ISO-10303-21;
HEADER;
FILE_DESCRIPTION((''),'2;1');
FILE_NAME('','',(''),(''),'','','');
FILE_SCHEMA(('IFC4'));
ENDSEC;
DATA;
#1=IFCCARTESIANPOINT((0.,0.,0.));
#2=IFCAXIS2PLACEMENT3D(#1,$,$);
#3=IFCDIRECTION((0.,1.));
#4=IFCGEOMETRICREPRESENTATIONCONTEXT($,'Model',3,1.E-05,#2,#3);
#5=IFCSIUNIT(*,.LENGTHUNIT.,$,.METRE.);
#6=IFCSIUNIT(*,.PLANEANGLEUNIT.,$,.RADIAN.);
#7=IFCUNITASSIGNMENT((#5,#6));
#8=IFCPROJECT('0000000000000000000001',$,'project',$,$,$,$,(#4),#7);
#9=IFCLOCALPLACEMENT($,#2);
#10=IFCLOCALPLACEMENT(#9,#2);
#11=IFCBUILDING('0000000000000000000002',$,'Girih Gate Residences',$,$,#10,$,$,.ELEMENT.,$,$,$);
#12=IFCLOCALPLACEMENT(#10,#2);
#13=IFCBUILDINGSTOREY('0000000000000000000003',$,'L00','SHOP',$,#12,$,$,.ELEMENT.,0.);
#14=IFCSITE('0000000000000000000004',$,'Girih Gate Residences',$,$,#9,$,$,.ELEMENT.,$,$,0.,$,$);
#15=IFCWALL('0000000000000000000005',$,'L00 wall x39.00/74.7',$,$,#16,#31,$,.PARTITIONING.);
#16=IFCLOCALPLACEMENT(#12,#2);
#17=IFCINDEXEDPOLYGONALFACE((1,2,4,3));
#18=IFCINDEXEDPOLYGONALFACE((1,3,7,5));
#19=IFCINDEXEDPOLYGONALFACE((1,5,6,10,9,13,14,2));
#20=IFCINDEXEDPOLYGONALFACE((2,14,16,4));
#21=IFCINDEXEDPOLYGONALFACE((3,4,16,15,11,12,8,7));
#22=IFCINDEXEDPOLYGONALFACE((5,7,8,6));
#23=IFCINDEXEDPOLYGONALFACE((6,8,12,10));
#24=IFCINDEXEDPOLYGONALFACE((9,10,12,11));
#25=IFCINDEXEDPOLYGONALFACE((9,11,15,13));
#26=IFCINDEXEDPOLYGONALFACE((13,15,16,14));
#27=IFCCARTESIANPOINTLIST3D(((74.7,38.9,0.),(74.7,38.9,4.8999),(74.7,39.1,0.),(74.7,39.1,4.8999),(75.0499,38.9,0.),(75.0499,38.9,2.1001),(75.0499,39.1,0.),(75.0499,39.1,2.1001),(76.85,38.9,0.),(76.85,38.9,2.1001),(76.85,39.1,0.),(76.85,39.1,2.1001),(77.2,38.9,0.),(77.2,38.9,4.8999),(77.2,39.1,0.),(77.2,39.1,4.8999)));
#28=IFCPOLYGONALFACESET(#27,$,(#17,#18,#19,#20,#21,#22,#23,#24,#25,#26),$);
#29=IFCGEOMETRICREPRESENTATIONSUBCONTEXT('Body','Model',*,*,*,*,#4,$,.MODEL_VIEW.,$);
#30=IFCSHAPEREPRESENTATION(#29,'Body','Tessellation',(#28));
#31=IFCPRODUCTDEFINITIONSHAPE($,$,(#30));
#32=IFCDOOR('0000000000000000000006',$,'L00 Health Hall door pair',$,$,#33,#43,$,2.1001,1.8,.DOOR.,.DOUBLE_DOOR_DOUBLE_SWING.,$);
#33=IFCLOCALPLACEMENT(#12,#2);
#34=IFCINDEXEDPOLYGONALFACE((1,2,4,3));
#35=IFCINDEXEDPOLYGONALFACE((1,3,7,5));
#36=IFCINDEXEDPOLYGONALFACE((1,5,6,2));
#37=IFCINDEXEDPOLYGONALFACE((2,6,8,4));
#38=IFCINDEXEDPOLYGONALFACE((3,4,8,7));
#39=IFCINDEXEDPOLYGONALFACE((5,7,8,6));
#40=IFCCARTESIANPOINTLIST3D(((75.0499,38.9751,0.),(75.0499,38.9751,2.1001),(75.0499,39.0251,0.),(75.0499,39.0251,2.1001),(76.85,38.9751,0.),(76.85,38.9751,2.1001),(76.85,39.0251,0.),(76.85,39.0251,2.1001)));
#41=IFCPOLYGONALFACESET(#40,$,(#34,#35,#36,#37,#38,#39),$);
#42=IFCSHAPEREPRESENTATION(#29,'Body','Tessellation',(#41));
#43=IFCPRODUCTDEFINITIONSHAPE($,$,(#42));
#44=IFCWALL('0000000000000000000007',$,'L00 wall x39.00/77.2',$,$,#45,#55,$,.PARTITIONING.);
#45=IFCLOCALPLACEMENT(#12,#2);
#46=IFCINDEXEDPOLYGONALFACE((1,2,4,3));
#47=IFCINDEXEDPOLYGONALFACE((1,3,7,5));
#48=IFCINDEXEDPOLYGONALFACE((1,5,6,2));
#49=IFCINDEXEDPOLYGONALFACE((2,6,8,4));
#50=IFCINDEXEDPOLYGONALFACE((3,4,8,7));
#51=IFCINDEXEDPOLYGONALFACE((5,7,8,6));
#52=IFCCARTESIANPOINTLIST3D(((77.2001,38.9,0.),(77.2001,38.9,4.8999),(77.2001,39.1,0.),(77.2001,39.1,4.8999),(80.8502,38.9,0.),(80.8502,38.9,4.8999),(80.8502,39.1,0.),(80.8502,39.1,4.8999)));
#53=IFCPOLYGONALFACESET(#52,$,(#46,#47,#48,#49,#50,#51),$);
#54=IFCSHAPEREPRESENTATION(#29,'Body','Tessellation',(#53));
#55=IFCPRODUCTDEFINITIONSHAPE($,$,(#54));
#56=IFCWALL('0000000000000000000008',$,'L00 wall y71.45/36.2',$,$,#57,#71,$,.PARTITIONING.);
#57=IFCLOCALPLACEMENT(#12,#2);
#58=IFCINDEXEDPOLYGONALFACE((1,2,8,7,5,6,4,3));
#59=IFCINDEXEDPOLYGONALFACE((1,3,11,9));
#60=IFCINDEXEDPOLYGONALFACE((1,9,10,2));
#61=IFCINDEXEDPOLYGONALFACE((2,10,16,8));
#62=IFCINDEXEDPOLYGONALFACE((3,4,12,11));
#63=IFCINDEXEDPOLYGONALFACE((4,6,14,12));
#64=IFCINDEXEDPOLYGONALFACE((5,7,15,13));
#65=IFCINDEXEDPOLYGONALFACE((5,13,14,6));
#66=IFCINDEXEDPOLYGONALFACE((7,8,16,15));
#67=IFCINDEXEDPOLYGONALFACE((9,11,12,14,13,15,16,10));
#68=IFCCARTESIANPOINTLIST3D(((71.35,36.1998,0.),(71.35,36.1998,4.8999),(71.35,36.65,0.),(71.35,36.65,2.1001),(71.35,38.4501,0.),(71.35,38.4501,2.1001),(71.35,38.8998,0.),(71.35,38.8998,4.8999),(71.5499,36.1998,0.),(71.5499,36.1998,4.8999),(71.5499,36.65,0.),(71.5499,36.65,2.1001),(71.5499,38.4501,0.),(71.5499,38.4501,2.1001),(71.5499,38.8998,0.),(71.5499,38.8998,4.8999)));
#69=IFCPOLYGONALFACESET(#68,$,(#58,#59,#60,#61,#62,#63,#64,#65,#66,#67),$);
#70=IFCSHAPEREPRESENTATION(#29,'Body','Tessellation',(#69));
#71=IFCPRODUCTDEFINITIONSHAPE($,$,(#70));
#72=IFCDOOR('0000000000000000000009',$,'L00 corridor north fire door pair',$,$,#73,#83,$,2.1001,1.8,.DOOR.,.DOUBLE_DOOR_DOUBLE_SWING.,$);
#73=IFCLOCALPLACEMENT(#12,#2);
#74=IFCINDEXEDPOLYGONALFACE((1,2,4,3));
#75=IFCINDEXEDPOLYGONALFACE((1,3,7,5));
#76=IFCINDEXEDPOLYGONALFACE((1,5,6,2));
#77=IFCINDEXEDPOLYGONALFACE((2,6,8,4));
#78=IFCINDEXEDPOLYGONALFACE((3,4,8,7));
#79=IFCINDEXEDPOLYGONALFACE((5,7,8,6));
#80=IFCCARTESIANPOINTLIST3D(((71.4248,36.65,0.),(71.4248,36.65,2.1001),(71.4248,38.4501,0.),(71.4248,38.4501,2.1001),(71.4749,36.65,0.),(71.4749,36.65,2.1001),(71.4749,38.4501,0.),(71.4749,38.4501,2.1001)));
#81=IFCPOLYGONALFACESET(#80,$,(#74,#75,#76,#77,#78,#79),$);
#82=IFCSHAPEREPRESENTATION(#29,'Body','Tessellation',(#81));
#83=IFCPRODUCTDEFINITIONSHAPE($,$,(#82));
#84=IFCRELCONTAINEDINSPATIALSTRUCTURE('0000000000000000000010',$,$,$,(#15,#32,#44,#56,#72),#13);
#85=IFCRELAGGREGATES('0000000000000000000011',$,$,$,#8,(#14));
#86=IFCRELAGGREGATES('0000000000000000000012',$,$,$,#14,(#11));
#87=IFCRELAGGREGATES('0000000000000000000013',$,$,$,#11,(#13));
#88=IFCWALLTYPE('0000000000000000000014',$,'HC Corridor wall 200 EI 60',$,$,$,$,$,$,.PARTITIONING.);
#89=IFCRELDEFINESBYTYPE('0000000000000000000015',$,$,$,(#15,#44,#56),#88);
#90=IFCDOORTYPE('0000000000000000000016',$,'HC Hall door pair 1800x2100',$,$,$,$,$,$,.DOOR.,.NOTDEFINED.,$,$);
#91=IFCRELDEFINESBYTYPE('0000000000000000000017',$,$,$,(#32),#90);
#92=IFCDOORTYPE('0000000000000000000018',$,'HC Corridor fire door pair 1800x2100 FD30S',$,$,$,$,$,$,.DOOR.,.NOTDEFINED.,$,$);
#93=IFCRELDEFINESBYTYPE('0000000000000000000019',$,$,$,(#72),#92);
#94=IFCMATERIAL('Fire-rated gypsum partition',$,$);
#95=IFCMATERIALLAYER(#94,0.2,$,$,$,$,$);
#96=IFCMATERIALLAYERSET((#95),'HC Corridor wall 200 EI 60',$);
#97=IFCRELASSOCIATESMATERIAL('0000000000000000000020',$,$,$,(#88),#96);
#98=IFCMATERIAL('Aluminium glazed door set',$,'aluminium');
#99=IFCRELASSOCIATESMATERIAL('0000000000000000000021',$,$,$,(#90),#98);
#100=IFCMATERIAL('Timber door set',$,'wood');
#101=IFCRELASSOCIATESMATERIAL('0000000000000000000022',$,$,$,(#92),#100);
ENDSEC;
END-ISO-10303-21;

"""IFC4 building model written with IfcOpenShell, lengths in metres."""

from ifc_helpers import new_model, si_unit, direction, frame, frame_2d, origin, place, context, subcontext, project, spatial, rectangle, extrude, material, layer, layer_set, type_object, element, fill, save


model = new_model("IFC4")

# Units and contexts
model_context = context("Model", 3, precision=1e-05, world=origin(), true_north=direction((0.0, 1.0)))
body_context = subcontext(model_context, "Body", "Model", "MODEL_VIEW")
ifc_project = project(units=[si_unit("LENGTHUNIT", "METRE"), si_unit("PLANEANGLEUNIT", "RADIAN")], contexts=[model_context])

# Site, building, storey
site_placement = place(None, origin())
site = spatial("IfcSite", under=ifc_project, at=site_placement, Name="Girih Gate Residences", CompositionType="ELEMENT", RefElevation=0.0)
building_placement = place(site_placement, origin())
building = spatial("IfcBuilding", under=site, at=building_placement, Name="Girih Gate Residences", CompositionType="ELEMENT")
storey_placement = place(building_placement, origin())
storey = spatial("IfcBuildingStorey", under=building, at=storey_placement, Name="L00", Description="SHOP", CompositionType="ELEMENT", Elevation=0.0)

# Shared definitions
ifc_material_1 = material(Name="Fire-rated gypsum partition")
ifc_layer = layer(ifc_material_1, 0.2)
ifc_layer_set = layer_set([ifc_layer], Name="HC Corridor wall 200 EI 60")
wall_type = type_object("IfcWallType", Name="HC Corridor wall 200 EI 60", PredefinedType="PARTITIONING", material=ifc_layer_set)
ifc_material_2 = material(Name="Timber door set", Category="wood")

# Wall, opening, door
wall_1_placement = place(storey_placement, frame((77.2, 39.0, 0.0), z_axis=(0.0, 0.0, 1.0), x_axis=(-1.0, 0.0, 0.0)))
wall_1 = element("IfcWall", 1, at=wall_1_placement, inside=storey, type_object=wall_type, Name="L00 wall x39.00/74.7", PredefinedType="PARTITIONING", context=body_context, shape_type="SweptSolid", body=[
    extrude(rectangle(XDim=2.5, YDim=0.2, at=frame_2d((1.25, 0.0))), origin(), (0.0, 0.0, 1.0), 4.8999),
])
opening_1_placement = place(wall_1_placement, frame((0.3501, 0.0, 0.0)))
opening_1 = element("IfcOpeningElement", 2, at=opening_1_placement, cuts=wall_1, PredefinedType="OPENING", context=body_context, shape_type="SweptSolid", body=[
    extrude(rectangle(XDim=1.8, YDim=2.1001, at=frame_2d((0.8999, 1.05))), frame((0.0, 0.1099, 0.0), z_axis=(0.0, -1.0, 0.0), x_axis=(1.0, 0.0, 0.0)), (0.0, 0.0, 1.0), 0.22),
])
ifc_material_3 = material(Name="Aluminium glazed door set", Category="aluminium")
door_type_1 = type_object("IfcDoorType", Name="HC Hall door pair 1800x2100", OperationType="NOTDEFINED", PredefinedType="DOOR", material=ifc_material_3)
door_1_placement = place(opening_1_placement, origin())
door_1 = element("IfcDoor", 3, at=door_1_placement, inside=storey, type_object=door_type_1, Name="L00 Health Hall door pair", OperationType="DOUBLE_DOOR_DOUBLE_SWING", OverallHeight=2.1001, OverallWidth=1.8, PredefinedType="DOOR", context=body_context, shape_type="SweptSolid", body=[
    extrude(rectangle(XDim=1.8, YDim=2.1001, at=frame_2d((0.8999, 1.05))), frame((0.0, 0.0249, 0.0), z_axis=(0.0, -1.0, 0.0), x_axis=(1.0, 0.0, 0.0)), (0.0, 0.0, 1.0), 0.05),
])
fill(opening_1, door_1)

# Wall
wall_2_placement = place(storey_placement, frame((77.2, 39.0, 0.0), z_axis=(0.0, 0.0, 1.0), x_axis=(1.0, 0.0, 0.0)))
element("IfcWall", 4, at=wall_2_placement, inside=storey, type_object=wall_type, Name="L00 wall x39.00/77.2", PredefinedType="PARTITIONING", context=body_context, shape_type="SweptSolid", body=[
    extrude(rectangle(XDim=3.6501, YDim=0.2, at=frame_2d((1.8252, 0.0))), origin(), (0.0, 0.0, 1.0), 4.8999),
])

# Wall, opening, door
wall_3_placement = place(storey_placement, frame((71.45, 38.8999, 0.0), z_axis=(0.0, 0.0, 1.0), x_axis=(0.0, -1.0, 0.0)))
wall_3 = element("IfcWall", 5, at=wall_3_placement, inside=storey, type_object=wall_type, Name="L00 wall y71.45/36.2", PredefinedType="PARTITIONING", context=body_context, shape_type="SweptSolid", body=[
    extrude(rectangle(XDim=2.7, YDim=0.2, at=frame_2d((1.3501, 0.0))), origin(), (0.0, 0.0, 1.0), 4.8999),
])
opening_2_placement = place(wall_3_placement, frame((0.45, 0.0, 0.0)))
opening_2 = element("IfcOpeningElement", 6, at=opening_2_placement, cuts=wall_3, PredefinedType="OPENING", context=body_context, shape_type="SweptSolid", body=[
    extrude(rectangle(XDim=1.8, YDim=2.1001, at=frame_2d((0.8999, 1.05))), frame((0.0, 0.1099, 0.0), z_axis=(0.0, -1.0, 0.0), x_axis=(1.0, 0.0, 0.0)), (0.0, 0.0, 1.0), 0.22),
])
door_type_2 = type_object("IfcDoorType", Name="HC Corridor fire door pair 1800x2100 FD30S", OperationType="NOTDEFINED", PredefinedType="DOOR", material=ifc_material_2)
door_2_placement = place(opening_2_placement, origin())
door_2 = element("IfcDoor", 7, at=door_2_placement, inside=storey, type_object=door_type_2, Name="L00 corridor north fire door pair", OperationType="DOUBLE_DOOR_DOUBLE_SWING", OverallHeight=2.1001, OverallWidth=1.8, PredefinedType="DOOR", context=body_context, shape_type="SweptSolid", body=[
    extrude(rectangle(XDim=1.8, YDim=2.1001, at=frame_2d((0.8999, 1.05))), frame((0.0, 0.0249, 0.0), z_axis=(0.0, -1.0, 0.0), x_axis=(1.0, 0.0, 0.0)), (0.0, 0.0, 1.0), 0.05),
])
fill(opening_2, door_2)

save(model, "model.ifc")
